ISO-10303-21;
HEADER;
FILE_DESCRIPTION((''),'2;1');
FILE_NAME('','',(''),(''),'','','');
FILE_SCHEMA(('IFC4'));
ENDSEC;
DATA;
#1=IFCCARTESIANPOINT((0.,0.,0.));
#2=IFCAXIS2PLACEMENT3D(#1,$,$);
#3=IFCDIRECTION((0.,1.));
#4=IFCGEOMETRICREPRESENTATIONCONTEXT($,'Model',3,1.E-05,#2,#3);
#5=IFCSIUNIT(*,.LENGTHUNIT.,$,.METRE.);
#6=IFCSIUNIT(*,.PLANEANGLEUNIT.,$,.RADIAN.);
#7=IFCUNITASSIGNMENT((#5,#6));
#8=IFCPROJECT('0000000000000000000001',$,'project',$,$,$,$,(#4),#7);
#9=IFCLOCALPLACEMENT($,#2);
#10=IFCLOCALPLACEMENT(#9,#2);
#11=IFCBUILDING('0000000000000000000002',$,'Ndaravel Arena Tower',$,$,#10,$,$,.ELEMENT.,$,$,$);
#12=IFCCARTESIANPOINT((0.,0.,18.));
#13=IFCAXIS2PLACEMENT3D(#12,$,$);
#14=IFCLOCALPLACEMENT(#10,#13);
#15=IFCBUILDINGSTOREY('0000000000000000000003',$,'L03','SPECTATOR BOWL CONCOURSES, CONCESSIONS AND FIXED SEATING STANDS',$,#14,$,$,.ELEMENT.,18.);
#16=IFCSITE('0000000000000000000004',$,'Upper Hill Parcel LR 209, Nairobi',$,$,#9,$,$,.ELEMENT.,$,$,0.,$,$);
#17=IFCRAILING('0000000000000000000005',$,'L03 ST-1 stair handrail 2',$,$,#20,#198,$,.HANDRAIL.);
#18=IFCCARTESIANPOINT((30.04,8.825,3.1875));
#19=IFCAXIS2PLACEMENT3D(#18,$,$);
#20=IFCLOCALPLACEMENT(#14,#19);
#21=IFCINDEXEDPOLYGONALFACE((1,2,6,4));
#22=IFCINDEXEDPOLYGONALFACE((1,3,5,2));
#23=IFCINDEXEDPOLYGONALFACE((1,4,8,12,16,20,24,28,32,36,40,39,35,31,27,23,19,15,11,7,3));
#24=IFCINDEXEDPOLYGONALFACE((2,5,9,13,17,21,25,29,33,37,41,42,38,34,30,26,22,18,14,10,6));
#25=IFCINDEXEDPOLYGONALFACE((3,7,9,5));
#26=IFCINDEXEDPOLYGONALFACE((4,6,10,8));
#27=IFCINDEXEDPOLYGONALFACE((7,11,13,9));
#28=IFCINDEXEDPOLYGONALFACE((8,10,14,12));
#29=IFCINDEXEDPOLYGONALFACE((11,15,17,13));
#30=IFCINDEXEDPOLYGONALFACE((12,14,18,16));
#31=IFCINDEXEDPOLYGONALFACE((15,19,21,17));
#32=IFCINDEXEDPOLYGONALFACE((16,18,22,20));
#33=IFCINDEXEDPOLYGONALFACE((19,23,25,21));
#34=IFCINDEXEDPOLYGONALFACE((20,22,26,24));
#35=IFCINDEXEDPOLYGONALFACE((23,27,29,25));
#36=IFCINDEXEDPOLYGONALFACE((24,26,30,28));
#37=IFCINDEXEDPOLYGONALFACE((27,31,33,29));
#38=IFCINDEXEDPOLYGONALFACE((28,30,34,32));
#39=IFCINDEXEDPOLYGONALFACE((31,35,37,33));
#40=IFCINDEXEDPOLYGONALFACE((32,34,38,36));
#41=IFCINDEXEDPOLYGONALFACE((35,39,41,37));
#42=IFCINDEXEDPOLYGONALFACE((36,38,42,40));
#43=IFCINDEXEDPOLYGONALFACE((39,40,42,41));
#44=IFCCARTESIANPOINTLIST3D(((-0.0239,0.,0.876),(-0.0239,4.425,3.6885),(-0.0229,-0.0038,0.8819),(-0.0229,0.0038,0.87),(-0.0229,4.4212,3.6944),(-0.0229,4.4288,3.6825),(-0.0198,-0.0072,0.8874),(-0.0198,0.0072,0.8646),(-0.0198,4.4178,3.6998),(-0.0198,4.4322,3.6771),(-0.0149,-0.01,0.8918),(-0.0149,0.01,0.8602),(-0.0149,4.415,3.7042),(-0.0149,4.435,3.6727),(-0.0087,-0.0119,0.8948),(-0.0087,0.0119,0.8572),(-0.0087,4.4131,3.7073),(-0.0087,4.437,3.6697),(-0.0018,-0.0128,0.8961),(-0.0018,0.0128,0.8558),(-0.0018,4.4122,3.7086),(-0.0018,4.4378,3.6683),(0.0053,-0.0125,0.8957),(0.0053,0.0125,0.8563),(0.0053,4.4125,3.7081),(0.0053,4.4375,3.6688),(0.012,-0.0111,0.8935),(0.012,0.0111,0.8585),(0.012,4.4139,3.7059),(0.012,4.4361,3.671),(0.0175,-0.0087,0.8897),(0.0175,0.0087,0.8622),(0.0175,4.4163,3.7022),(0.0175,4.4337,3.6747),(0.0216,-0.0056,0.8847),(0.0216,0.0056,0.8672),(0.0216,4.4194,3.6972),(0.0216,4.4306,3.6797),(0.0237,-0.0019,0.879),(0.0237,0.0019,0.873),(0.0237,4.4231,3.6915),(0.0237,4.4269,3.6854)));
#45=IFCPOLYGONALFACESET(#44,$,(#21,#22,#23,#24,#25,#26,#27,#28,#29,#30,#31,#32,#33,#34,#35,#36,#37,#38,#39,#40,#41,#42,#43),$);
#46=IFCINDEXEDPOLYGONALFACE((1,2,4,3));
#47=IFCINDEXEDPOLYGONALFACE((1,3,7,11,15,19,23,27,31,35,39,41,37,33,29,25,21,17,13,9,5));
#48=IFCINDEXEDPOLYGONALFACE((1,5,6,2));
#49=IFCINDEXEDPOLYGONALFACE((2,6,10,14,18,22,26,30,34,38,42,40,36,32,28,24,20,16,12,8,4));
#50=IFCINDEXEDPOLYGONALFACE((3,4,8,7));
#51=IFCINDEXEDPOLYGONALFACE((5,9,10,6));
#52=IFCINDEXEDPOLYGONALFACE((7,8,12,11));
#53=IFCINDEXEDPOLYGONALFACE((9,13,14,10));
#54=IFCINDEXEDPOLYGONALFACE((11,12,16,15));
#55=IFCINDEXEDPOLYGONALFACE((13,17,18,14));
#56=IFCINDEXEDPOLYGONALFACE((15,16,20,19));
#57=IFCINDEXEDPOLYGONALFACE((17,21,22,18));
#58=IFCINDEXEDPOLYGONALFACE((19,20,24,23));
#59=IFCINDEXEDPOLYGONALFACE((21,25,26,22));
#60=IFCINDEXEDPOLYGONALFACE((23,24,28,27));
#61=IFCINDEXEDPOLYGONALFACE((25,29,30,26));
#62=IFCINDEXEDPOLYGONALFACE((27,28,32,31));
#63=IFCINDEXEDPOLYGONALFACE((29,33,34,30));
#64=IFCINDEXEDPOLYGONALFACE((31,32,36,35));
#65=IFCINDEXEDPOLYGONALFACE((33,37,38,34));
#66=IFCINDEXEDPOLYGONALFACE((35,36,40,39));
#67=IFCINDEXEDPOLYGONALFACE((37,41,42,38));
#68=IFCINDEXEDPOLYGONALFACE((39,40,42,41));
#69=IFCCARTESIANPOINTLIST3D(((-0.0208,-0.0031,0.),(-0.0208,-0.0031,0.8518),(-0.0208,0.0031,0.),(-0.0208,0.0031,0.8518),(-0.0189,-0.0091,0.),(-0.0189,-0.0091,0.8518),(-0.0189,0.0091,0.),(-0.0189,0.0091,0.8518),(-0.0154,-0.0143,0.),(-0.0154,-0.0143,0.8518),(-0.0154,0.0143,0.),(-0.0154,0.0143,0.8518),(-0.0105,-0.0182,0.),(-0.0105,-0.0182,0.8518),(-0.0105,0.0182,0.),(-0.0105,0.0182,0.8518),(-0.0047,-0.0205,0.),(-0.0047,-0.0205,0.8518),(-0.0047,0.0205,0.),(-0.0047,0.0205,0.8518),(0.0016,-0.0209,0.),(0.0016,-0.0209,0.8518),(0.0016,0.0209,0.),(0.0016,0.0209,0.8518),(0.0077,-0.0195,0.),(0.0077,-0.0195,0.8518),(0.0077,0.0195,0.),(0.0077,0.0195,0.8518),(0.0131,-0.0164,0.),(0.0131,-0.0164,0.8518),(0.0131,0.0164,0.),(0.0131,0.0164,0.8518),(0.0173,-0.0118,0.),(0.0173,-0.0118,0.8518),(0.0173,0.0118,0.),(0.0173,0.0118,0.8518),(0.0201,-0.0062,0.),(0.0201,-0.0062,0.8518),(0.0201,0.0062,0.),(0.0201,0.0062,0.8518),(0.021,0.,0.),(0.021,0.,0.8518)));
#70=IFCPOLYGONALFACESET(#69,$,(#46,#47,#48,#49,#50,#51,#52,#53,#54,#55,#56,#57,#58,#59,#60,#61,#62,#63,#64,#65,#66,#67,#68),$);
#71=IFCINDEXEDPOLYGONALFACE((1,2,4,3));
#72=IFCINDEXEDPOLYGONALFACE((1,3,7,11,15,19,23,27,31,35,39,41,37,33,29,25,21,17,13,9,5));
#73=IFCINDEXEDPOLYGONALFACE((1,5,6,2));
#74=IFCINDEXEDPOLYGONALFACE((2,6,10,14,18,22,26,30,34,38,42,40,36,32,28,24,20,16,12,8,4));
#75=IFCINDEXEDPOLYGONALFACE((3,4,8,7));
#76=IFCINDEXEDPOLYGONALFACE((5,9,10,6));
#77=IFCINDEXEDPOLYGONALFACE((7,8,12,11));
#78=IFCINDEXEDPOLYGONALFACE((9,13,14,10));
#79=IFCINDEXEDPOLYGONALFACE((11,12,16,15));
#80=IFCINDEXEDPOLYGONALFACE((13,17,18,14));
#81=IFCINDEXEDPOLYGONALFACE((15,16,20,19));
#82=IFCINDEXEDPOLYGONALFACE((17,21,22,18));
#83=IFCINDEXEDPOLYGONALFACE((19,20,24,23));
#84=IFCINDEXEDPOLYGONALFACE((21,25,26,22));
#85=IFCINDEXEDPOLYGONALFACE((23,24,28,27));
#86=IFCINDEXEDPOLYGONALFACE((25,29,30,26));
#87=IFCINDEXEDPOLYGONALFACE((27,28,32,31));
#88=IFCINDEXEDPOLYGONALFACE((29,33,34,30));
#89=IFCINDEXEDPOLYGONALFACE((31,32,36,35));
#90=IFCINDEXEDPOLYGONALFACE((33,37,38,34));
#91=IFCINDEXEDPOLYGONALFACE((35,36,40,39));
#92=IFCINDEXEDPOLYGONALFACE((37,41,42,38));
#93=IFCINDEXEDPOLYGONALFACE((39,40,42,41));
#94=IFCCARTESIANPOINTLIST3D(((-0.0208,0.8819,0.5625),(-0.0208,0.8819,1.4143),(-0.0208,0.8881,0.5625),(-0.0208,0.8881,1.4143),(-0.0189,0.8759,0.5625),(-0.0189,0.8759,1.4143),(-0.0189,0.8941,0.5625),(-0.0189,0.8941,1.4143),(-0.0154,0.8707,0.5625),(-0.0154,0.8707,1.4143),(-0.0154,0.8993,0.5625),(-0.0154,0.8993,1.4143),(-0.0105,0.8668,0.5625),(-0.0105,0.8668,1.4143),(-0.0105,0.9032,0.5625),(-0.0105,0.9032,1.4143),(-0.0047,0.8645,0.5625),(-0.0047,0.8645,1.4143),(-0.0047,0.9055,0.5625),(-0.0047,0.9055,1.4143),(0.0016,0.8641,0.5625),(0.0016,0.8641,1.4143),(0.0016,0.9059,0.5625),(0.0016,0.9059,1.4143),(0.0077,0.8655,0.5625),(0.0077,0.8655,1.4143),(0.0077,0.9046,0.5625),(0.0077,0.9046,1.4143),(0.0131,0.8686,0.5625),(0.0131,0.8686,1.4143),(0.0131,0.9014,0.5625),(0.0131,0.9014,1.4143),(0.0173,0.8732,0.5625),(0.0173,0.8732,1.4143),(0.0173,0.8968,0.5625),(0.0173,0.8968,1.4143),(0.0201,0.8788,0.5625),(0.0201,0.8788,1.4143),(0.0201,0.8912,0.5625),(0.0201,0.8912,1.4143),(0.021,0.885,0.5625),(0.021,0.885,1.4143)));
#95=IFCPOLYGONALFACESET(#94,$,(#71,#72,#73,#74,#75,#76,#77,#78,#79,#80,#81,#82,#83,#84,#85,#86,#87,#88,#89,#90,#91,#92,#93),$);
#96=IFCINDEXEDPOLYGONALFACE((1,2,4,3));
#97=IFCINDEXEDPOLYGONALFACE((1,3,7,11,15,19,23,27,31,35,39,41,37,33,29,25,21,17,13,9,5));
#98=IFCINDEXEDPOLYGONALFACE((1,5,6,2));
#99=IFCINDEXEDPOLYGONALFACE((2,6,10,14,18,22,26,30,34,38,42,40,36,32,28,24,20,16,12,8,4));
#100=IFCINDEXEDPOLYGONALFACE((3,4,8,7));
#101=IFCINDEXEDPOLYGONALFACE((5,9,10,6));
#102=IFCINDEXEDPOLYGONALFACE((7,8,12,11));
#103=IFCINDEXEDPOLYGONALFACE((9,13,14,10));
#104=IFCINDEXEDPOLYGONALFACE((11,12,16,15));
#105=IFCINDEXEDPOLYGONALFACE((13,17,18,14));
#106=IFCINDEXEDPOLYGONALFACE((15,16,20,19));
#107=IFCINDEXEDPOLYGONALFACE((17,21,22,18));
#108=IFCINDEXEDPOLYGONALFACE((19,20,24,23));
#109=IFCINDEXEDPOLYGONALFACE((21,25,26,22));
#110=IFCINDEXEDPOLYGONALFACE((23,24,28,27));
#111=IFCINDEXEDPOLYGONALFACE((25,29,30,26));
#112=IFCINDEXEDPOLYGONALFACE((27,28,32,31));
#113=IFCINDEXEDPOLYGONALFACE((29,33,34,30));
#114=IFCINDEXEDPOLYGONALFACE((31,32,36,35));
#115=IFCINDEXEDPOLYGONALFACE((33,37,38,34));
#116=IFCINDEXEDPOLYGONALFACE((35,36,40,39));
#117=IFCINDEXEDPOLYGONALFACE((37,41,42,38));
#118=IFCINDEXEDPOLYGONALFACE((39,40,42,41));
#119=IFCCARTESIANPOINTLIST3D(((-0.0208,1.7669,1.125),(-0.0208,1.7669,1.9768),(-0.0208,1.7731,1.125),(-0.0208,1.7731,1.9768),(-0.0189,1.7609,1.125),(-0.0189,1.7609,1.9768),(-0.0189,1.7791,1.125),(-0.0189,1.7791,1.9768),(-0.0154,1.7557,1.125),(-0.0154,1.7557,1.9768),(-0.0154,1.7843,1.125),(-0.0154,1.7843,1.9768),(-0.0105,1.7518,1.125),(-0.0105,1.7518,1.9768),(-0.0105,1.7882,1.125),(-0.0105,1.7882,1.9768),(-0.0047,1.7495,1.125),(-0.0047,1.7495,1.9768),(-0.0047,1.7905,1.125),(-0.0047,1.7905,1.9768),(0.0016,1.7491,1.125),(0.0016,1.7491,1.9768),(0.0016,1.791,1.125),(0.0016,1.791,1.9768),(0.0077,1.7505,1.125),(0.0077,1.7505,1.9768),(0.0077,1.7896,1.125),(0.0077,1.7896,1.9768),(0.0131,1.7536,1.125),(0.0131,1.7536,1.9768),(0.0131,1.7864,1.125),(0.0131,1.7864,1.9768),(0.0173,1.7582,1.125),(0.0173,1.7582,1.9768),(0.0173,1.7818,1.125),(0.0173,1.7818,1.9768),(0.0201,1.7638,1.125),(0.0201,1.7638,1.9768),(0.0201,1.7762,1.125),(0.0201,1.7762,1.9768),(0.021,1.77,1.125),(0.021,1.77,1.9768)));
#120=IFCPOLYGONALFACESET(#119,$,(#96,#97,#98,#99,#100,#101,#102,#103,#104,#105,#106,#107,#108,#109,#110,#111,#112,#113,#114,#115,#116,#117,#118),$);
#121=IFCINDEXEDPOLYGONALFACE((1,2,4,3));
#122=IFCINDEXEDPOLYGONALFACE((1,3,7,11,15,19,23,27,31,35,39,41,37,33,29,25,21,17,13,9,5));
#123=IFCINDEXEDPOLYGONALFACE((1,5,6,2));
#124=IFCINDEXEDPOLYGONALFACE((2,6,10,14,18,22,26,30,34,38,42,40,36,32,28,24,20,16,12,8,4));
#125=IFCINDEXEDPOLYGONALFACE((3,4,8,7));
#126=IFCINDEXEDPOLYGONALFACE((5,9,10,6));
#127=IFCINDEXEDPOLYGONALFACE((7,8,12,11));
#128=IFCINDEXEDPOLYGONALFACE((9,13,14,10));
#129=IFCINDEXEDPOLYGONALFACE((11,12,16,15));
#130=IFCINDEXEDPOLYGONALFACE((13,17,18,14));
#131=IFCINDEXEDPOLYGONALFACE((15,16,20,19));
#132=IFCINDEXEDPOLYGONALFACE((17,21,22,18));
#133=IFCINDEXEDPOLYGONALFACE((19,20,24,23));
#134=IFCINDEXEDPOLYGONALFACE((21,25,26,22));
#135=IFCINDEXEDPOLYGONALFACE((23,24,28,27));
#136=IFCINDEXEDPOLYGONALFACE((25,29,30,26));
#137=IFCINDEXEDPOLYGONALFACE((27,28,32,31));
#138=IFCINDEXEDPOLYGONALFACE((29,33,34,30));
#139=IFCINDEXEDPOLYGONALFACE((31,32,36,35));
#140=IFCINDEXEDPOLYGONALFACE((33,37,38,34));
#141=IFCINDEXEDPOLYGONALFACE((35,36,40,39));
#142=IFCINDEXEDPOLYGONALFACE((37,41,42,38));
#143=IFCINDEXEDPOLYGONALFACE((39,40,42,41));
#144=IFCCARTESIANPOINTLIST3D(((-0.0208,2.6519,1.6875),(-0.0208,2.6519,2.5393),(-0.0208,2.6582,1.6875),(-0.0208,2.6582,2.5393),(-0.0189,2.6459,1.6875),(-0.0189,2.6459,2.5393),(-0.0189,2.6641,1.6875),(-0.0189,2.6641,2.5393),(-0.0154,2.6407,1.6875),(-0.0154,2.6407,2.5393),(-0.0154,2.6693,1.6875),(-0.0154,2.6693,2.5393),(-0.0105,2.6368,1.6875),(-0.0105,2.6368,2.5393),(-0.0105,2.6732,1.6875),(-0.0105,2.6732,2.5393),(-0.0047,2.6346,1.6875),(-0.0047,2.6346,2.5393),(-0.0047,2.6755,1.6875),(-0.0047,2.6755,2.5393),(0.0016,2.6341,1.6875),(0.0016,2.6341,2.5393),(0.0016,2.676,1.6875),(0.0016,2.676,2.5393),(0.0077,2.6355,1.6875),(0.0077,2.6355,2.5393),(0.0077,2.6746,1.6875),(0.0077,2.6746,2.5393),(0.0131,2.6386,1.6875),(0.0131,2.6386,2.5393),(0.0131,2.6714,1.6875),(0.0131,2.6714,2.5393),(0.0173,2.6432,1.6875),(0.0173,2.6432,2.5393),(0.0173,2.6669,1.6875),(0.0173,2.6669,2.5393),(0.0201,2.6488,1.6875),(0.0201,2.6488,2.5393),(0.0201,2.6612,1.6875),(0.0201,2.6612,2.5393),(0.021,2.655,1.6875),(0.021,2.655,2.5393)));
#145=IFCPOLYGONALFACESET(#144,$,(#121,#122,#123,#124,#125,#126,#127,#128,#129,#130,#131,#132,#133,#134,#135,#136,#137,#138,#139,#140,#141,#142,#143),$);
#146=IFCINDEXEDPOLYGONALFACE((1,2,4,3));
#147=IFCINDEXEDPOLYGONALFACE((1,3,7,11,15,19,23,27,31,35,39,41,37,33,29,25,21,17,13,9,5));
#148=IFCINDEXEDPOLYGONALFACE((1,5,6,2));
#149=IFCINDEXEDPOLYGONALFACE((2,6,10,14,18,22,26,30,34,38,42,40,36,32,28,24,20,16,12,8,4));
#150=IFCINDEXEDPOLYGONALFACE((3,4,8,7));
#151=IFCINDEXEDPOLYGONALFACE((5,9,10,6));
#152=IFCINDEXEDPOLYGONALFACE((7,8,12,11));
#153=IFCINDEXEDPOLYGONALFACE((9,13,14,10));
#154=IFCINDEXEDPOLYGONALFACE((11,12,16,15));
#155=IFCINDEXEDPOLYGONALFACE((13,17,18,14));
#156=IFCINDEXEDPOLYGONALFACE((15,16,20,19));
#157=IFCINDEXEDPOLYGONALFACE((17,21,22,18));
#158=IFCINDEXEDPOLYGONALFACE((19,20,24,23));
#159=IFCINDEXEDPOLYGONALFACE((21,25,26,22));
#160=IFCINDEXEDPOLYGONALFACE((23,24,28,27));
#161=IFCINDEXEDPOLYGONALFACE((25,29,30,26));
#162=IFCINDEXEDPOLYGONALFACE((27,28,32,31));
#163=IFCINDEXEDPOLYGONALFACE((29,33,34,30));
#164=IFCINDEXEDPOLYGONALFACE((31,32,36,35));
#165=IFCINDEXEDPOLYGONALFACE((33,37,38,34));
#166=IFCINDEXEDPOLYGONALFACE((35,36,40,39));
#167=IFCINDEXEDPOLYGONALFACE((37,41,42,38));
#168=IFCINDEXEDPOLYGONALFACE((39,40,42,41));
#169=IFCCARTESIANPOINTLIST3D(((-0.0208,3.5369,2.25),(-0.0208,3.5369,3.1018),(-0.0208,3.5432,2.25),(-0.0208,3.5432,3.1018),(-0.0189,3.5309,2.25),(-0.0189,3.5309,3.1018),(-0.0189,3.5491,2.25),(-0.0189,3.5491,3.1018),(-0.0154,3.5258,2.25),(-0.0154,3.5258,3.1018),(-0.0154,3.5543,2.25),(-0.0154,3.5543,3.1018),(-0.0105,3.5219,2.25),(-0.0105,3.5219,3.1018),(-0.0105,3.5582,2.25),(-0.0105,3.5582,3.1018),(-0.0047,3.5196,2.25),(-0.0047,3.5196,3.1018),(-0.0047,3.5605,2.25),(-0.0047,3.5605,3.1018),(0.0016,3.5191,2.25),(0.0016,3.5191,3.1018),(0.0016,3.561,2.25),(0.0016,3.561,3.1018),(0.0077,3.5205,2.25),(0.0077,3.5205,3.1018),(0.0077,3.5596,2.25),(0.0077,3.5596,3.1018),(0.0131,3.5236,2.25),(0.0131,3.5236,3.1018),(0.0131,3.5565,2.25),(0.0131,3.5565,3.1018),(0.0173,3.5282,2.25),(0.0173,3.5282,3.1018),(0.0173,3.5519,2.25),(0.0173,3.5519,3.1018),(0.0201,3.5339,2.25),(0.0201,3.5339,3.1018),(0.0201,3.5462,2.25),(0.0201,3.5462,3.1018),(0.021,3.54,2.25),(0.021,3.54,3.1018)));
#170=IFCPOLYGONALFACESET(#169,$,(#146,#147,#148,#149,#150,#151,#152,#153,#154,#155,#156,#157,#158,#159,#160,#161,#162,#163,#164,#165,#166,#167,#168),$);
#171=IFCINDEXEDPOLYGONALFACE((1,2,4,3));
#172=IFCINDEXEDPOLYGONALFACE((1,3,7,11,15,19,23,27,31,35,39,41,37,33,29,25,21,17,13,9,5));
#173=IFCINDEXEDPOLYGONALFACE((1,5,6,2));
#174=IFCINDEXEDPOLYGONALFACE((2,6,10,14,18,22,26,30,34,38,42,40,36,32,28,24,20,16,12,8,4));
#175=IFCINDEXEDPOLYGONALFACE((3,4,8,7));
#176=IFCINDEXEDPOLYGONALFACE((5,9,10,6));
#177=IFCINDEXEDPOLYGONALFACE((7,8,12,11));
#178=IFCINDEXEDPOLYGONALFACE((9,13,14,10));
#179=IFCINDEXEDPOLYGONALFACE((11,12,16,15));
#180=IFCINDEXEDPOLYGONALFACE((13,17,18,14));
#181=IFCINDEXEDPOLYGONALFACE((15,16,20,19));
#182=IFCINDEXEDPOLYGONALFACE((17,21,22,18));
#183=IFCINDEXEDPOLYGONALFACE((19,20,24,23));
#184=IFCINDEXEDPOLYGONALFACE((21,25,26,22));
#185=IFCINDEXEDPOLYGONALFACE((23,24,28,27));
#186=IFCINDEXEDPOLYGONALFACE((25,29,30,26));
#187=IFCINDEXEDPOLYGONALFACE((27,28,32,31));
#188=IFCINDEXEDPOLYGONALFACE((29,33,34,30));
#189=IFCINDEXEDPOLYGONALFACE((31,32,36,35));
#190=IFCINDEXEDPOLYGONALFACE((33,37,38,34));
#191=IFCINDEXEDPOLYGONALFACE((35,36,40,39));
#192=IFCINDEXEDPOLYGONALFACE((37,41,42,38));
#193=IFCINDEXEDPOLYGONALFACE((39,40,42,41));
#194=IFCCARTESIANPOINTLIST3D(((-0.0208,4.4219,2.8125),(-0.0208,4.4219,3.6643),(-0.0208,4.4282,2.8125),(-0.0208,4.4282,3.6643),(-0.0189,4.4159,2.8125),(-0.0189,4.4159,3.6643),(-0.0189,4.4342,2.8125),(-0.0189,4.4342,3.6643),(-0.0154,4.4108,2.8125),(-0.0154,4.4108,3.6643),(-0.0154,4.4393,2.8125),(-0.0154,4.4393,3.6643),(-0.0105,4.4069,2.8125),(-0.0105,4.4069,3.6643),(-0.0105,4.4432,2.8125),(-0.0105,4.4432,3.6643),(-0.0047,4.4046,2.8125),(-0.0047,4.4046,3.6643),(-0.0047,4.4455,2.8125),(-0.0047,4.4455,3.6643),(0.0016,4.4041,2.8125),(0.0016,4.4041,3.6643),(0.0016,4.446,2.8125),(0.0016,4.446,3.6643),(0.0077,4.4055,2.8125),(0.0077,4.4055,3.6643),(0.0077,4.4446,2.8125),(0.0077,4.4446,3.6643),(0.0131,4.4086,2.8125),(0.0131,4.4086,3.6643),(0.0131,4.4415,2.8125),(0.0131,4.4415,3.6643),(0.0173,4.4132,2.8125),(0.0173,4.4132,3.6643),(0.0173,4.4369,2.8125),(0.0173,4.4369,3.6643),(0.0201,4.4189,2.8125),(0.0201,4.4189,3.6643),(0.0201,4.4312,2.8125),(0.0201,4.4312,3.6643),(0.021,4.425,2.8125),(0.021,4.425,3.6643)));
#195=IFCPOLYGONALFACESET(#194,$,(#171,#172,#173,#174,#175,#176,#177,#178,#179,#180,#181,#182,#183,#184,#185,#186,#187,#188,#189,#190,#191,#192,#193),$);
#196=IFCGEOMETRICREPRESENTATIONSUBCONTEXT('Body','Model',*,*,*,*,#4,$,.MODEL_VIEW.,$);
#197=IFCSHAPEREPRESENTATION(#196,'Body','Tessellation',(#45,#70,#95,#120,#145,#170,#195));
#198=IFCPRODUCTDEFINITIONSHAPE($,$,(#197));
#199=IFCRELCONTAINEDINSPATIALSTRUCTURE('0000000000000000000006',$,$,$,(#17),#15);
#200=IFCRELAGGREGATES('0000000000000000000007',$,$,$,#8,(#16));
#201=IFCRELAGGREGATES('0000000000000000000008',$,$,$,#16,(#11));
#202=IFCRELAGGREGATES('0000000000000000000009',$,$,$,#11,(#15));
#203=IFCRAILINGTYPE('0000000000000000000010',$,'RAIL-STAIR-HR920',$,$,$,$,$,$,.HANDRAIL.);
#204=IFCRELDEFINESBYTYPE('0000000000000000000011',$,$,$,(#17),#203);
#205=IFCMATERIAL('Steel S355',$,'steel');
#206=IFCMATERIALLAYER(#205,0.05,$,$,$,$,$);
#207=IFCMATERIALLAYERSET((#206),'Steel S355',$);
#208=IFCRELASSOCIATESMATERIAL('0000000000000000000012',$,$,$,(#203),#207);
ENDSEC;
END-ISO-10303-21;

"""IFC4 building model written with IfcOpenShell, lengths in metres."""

from ifc_helpers import new_model, si_unit, direction, frame, origin, origin_2d, place, context, subcontext, project, spatial, circle, extrude, material, layer, layer_set, type_object, element, save


model = new_model("IFC4")

# Units and contexts
model_context = context("Model", 3, precision=1e-05, world=origin(), true_north=direction((0.0, 1.0)))
body_context = subcontext(model_context, "Body", "Model", "MODEL_VIEW")
ifc_project = project(units=[si_unit("LENGTHUNIT", "METRE"), si_unit("PLANEANGLEUNIT", "RADIAN")], contexts=[model_context])

# Site, building, storey
site_placement = place(None, origin())
site = spatial("IfcSite", under=ifc_project, at=site_placement, Name="Upper Hill Parcel LR 209, Nairobi", CompositionType="ELEMENT", RefElevation=0.0)
building_placement = place(site_placement, origin())
building = spatial("IfcBuilding", under=site, at=building_placement, Name="Ndaravel Arena Tower", CompositionType="ELEMENT")
storey_placement = place(building_placement, frame((0.0, 0.0, 18.0)))
storey = spatial("IfcBuildingStorey", under=building, at=storey_placement, Name="L03", Description="SPECTATOR BOWL CONCOURSES, CONCESSIONS AND FIXED SEATING STANDS", CompositionType="ELEMENT", Elevation=18.0)

# Railing
ifc_material_1 = material(Name="Steel S355", Category="steel")
ifc_layer_1 = layer(ifc_material_1, 0.05)
ifc_layer_set_1 = layer_set([ifc_layer_1], Name="Steel S355")
railing_type_1 = type_object("IfcRailingType", Name="RAIL-STAIR-HR920", PredefinedType="HANDRAIL", material=ifc_layer_set_1)
railing_1_placement = place(storey_placement, frame((30.04, 8.825, 3.1875)))
element("IfcRailing", 1, at=railing_1_placement, inside=storey, type_object=railing_type_1, Name="L03 ST-1 stair handrail 2", PredefinedType="HANDRAIL", context=body_context, shape_type="SweptSolid", body=[
    extrude(circle(Radius=0.0239, at=origin_2d()), frame((0.0, 0.0, 0.876), z_axis=(0.0, 0.843959, 0.536408), x_axis=(-1.0, 0.0, 0.0)), (0.0, 0.0, 1.0), 5.2432),
    extrude(circle(Radius=0.021, at=origin_2d()), origin(), (0.0, 0.0, 1.0), 0.8518),
    extrude(circle(Radius=0.021, at=origin_2d()), frame((0.0, 0.885, 0.5625)), (0.0, 0.0, 1.0), 0.8518),
    extrude(circle(Radius=0.021, at=origin_2d()), frame((0.0, 1.77, 1.125)), (0.0, 0.0, 1.0), 0.8518),
    extrude(circle(Radius=0.021, at=origin_2d()), frame((0.0, 2.655, 1.6875)), (0.0, 0.0, 1.0), 0.8518),
    extrude(circle(Radius=0.021, at=origin_2d()), frame((0.0, 3.54, 2.25)), (0.0, 0.0, 1.0), 0.8518),
    extrude(circle(Radius=0.021, at=origin_2d()), frame((0.0, 4.425, 2.8125)), (0.0, 0.0, 1.0), 0.8518),
])

save(model, "model.ifc")
